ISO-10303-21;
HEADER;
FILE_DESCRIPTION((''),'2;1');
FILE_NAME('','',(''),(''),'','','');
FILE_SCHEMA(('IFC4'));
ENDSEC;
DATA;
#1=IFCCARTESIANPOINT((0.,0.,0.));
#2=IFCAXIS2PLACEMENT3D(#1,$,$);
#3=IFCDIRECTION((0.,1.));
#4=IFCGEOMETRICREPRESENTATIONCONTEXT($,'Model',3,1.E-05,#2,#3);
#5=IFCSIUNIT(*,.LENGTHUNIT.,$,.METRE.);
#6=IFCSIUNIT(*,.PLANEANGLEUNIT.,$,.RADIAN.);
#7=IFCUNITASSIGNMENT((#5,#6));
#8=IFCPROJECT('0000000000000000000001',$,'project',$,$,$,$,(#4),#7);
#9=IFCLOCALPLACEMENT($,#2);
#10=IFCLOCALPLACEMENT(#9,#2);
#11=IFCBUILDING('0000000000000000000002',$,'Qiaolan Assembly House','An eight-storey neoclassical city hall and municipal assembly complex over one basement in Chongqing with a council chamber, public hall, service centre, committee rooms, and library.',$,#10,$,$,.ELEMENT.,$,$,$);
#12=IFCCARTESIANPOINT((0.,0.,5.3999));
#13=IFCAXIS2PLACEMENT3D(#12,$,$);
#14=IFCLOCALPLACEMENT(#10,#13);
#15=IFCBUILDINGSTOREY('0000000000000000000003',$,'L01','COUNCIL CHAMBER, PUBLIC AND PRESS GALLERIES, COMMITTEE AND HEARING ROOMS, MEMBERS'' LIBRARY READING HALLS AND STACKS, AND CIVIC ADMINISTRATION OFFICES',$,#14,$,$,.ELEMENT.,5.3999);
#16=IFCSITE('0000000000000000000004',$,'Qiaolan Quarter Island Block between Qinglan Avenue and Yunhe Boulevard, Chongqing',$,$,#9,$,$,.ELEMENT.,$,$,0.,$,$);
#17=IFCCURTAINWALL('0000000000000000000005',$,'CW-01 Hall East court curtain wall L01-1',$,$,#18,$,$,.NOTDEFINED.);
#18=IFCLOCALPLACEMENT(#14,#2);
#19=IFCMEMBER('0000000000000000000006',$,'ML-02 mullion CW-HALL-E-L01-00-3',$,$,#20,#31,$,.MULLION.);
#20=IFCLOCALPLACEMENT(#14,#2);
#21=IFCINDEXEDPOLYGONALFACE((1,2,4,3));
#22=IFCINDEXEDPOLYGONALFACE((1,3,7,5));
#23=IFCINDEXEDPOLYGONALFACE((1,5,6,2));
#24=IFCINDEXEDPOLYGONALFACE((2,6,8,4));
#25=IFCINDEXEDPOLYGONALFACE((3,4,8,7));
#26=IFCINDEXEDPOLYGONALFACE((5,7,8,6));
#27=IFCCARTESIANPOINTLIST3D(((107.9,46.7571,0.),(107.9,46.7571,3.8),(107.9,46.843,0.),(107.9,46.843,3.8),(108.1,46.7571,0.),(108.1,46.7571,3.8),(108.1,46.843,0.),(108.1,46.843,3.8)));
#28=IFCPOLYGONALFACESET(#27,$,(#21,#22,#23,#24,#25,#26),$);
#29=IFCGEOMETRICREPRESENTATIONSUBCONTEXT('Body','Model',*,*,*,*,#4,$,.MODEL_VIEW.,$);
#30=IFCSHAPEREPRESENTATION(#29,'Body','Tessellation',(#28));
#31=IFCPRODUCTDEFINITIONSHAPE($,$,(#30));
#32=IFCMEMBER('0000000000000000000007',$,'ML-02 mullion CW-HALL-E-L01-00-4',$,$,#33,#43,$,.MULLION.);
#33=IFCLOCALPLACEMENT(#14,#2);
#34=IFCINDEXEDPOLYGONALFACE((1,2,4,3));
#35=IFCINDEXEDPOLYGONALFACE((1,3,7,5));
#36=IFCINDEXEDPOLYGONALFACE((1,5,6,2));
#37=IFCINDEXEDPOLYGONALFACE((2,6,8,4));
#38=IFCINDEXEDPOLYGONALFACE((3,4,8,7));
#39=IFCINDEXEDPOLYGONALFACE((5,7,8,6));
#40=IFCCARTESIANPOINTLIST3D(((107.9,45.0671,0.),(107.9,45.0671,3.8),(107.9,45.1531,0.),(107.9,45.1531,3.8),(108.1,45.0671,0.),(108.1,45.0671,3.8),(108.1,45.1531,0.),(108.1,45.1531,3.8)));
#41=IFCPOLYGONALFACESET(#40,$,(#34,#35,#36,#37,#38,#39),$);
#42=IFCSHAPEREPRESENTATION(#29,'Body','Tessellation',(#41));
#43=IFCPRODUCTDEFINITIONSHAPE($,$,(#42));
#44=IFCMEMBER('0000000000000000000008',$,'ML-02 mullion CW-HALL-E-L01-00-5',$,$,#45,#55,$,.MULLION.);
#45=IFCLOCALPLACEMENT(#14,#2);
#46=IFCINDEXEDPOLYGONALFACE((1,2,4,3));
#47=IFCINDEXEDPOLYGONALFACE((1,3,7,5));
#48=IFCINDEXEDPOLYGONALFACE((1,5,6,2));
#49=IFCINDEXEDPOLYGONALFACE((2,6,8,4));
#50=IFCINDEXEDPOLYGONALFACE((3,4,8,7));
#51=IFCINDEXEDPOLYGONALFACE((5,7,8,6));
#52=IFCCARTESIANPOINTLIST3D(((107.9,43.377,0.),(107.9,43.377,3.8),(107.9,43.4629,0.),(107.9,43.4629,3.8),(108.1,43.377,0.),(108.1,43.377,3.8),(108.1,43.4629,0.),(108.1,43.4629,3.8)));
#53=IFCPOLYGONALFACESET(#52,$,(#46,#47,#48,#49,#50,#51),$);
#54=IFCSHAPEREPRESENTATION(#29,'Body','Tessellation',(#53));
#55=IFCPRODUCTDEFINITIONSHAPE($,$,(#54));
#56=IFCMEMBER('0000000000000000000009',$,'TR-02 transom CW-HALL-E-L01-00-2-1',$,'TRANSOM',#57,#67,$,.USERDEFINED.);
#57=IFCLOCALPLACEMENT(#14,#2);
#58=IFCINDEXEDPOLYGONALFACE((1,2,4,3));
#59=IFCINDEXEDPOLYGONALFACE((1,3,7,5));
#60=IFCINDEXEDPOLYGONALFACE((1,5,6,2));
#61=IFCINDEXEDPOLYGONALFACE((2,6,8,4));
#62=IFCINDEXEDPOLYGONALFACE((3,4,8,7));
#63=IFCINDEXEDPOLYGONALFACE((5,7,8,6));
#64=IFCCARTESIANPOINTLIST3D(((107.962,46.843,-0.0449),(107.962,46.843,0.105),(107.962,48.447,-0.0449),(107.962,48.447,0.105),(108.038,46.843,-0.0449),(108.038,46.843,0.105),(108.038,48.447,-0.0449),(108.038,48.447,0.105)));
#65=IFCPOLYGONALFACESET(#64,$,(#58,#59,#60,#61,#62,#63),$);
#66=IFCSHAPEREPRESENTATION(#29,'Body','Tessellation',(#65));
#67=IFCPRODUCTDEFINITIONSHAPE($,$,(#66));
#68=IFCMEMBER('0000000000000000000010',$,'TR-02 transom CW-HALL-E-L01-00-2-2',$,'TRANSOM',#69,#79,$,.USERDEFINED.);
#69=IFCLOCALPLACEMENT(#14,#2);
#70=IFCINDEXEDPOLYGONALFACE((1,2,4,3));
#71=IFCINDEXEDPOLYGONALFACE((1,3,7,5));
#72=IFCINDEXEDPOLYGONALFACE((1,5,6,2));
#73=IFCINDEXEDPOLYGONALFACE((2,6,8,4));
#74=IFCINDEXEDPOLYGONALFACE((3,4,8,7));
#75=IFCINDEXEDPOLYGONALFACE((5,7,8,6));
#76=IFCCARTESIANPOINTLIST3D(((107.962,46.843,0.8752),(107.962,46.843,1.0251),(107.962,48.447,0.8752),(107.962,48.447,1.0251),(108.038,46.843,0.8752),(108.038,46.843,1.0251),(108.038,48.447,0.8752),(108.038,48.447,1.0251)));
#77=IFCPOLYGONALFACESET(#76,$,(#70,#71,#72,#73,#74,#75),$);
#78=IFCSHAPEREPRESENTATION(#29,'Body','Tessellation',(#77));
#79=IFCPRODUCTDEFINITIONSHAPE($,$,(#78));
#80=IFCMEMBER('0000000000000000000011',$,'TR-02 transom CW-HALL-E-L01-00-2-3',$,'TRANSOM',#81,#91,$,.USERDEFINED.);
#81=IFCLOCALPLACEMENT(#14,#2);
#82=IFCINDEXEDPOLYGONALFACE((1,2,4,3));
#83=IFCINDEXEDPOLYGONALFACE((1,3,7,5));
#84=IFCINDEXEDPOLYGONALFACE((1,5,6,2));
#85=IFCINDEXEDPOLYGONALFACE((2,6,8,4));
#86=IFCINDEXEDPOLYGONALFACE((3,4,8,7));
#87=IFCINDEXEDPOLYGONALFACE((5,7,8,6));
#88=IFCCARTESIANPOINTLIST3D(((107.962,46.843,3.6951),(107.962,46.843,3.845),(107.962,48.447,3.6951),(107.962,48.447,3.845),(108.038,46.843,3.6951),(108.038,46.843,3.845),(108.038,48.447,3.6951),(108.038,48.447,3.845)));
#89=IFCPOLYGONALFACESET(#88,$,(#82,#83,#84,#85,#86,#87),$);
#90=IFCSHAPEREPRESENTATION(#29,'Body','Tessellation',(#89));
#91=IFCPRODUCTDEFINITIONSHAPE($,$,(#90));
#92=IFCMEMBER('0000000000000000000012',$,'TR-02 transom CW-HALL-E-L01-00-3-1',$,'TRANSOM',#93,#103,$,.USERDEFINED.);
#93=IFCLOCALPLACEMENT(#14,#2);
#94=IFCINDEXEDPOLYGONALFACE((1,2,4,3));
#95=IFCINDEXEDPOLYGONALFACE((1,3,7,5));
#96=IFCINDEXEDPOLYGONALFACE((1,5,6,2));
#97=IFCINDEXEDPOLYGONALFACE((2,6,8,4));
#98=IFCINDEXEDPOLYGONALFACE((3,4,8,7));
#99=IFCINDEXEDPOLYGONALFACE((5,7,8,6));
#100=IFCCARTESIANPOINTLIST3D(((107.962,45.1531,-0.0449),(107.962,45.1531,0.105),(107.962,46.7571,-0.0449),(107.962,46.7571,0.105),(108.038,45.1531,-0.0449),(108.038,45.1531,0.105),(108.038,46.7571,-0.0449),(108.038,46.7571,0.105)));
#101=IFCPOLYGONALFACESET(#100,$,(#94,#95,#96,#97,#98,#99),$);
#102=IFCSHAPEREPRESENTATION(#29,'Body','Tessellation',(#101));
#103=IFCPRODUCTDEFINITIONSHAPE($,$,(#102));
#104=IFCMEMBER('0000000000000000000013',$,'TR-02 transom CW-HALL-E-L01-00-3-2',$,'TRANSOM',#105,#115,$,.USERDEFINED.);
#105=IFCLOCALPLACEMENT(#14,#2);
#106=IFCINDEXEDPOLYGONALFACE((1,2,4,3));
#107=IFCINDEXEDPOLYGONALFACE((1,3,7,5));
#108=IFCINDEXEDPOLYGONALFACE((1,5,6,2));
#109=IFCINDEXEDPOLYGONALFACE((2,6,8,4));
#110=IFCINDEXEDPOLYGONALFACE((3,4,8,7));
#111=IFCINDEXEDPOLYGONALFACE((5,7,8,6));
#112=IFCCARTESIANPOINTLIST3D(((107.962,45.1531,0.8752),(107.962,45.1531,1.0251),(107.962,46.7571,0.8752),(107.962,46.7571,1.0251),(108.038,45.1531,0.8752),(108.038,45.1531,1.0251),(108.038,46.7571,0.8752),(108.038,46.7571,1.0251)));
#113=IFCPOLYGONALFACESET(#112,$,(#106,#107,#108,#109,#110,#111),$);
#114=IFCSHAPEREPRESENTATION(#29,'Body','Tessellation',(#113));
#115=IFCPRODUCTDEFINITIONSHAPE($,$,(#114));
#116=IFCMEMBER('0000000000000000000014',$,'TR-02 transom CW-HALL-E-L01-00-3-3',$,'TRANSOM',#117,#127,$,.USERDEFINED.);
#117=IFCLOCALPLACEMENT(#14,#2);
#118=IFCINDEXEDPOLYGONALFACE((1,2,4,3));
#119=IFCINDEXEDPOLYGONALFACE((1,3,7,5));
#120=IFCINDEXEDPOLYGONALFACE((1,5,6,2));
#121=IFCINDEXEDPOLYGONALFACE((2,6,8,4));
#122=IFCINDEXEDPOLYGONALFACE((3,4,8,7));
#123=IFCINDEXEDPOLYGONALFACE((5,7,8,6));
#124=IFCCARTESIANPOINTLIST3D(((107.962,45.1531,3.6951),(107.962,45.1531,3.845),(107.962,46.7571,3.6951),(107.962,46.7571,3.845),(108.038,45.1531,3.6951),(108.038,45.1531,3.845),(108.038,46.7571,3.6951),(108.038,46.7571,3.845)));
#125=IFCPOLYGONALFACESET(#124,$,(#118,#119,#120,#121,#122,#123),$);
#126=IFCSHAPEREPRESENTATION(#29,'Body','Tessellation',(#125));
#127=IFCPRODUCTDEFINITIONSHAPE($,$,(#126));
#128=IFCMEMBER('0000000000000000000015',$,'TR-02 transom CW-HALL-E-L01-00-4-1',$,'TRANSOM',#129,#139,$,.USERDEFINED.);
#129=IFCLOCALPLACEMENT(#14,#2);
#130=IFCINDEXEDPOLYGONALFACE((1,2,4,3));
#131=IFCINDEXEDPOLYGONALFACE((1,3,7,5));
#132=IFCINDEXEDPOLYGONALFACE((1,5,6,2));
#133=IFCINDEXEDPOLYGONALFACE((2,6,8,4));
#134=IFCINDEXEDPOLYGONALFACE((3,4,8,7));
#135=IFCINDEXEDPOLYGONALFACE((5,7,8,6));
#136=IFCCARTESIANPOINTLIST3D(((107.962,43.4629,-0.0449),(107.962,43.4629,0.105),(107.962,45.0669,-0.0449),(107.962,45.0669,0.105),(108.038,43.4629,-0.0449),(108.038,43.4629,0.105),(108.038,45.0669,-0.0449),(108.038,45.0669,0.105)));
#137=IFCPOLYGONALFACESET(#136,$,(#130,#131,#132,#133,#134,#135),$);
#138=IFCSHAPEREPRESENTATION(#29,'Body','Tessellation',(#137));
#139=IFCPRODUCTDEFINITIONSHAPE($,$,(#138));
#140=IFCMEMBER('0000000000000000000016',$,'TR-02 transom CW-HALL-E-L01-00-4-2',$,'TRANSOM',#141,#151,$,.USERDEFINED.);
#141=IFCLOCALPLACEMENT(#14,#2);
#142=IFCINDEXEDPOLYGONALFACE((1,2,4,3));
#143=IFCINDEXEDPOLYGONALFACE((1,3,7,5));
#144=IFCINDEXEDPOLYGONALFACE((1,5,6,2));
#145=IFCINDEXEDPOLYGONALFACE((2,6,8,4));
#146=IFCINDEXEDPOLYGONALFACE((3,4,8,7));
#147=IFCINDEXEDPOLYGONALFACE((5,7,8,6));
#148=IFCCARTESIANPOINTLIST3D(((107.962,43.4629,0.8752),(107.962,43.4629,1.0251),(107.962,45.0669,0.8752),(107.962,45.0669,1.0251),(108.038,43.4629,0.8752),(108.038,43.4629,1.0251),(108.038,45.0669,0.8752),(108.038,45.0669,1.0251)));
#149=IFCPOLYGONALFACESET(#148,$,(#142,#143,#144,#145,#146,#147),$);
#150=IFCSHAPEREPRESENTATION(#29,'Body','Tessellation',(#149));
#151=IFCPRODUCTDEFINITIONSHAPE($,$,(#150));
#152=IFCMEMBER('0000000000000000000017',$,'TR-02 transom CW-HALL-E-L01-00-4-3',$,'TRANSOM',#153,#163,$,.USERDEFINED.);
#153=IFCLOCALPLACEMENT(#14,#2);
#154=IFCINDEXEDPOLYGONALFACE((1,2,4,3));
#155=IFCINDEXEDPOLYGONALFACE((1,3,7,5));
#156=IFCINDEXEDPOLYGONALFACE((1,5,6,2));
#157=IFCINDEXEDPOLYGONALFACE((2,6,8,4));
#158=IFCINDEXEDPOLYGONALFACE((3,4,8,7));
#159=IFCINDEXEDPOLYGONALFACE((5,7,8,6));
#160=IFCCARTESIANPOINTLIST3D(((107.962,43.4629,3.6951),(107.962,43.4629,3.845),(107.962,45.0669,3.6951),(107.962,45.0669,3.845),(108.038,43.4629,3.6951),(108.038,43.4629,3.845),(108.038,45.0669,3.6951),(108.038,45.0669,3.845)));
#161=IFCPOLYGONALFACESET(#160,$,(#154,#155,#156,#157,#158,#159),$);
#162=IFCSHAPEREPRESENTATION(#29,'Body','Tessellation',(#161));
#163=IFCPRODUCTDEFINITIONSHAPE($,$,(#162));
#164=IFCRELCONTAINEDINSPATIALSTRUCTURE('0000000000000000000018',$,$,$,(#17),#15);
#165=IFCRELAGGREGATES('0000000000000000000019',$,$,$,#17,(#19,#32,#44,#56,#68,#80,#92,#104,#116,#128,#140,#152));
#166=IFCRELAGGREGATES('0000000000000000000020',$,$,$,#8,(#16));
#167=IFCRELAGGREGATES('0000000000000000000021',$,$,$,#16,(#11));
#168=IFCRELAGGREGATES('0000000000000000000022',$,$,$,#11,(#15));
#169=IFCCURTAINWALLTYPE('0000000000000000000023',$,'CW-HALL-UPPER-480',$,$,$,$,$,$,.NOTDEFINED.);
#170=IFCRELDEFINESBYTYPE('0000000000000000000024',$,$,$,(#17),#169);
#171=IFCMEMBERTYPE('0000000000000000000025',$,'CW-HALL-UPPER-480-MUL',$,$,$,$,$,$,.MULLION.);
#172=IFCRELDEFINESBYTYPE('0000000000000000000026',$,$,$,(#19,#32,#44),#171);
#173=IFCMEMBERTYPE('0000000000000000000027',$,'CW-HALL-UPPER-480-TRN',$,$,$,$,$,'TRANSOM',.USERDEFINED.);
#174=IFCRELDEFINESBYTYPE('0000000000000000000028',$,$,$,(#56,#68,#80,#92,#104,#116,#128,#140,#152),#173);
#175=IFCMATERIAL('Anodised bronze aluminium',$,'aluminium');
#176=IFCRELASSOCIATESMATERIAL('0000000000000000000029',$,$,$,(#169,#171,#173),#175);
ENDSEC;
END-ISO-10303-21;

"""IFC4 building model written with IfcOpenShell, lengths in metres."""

from ifc_helpers import new_model, si_unit, direction, frame, origin, origin_2d, place, context, subcontext, project, spatial, rectangle, extrude, material, material_profile, profile_set, type_object, element, aggregate, save


model = new_model("IFC4")

# Units and contexts
model_context = context("Model", 3, precision=1e-05, world=origin(), true_north=direction((0.0, 1.0)))
body_context = subcontext(model_context, "Body", "Model", "MODEL_VIEW")
ifc_project = project(units=[si_unit("LENGTHUNIT", "METRE"), si_unit("PLANEANGLEUNIT", "RADIAN")], contexts=[model_context])

# Site, building, storey
site_placement = place(None, origin())
site = spatial("IfcSite", under=ifc_project, at=site_placement, Name="Qiaolan Quarter Island Block between Qinglan Avenue and Yunhe Boulevard, Chongqing", CompositionType="ELEMENT", RefElevation=0.0)
building_placement = place(site_placement, origin())
building = spatial("IfcBuilding", under=site, at=building_placement, Name="Qiaolan Assembly House", Description="An eight-storey neoclassical city hall and municipal assembly complex over one basement in Chongqing with a council chamber, public hall, service centre, committee rooms, and library.", CompositionType="ELEMENT")
storey_placement = place(building_placement, frame((0.0, 0.0, 5.3999)))
storey = spatial("IfcBuildingStorey", under=building, at=storey_placement, Name="L01", Description="COUNCIL CHAMBER, PUBLIC AND PRESS GALLERIES, COMMITTEE AND HEARING ROOMS, MEMBERS' LIBRARY READING HALLS AND STACKS, AND CIVIC ADMINISTRATION OFFICES", CompositionType="ELEMENT", Elevation=5.3999)

# Curtain wall, members
ifc_material_1 = material(Name="Anodised bronze aluminium", Category="aluminium")
curtain_wall_type = type_object("IfcCurtainWallType", Name="CW-HALL-UPPER-480", PredefinedType="NOTDEFINED", material=ifc_material_1)
curtain_wall_placement = place(storey_placement, origin())
curtain_wall = element("IfcCurtainWall", 1, at=curtain_wall_placement, inside=storey, type_object=curtain_wall_type, Name="CW-01 Hall East court curtain wall L01-1", PredefinedType="NOTDEFINED")
ifc_material_profile_1 = material_profile(ifc_material_1, rectangle(XDim=0.0859, YDim=0.2, at=origin_2d()), Name="MUL 86x200")
ifc_profile_set_1 = profile_set([ifc_material_profile_1], Name="Anodised bronze aluminium")
member_type_1 = type_object("IfcMemberType", Name="CW-HALL-UPPER-480-MUL", PredefinedType="MULLION", material=ifc_profile_set_1)
member_1_placement = place(storey_placement, frame((108.0, 46.8, 0.0), z_axis=(0.0, 0.0, 1.0), x_axis=(0.0, -1.0, 0.0)))
member_1 = element("IfcMember", 2, at=member_1_placement, type_object=member_type_1, Name="ML-02 mullion CW-HALL-E-L01-00-3", PredefinedType="MULLION", context=body_context, shape_type="SweptSolid", body=[
    extrude(rectangle(XDim=0.0859, YDim=0.2, at=origin_2d()), origin(), (0.0, 0.0, 1.0), 3.8),
])
member_2_placement = place(storey_placement, frame((108.0, 45.1101, 0.0), z_axis=(0.0, 0.0, 1.0), x_axis=(0.0, -1.0, 0.0)))
member_2 = element("IfcMember", 3, at=member_2_placement, type_object=member_type_1, Name="ML-02 mullion CW-HALL-E-L01-00-4", PredefinedType="MULLION", context=body_context, shape_type="SweptSolid", body=[
    extrude(rectangle(XDim=0.0859, YDim=0.2, at=origin_2d()), origin(), (0.0, 0.0, 1.0), 3.8),
])
member_3_placement = place(storey_placement, frame((108.0, 43.4199, 0.0), z_axis=(0.0, 0.0, 1.0), x_axis=(0.0, -1.0, 0.0)))
member_3 = element("IfcMember", 4, at=member_3_placement, type_object=member_type_1, Name="ML-02 mullion CW-HALL-E-L01-00-5", PredefinedType="MULLION", context=body_context, shape_type="SweptSolid", body=[
    extrude(rectangle(XDim=0.0859, YDim=0.2, at=origin_2d()), origin(), (0.0, 0.0, 1.0), 3.8),
])
ifc_material_profile_2 = material_profile(ifc_material_1, rectangle(XDim=0.0759, YDim=0.1499, at=origin_2d()), Name="TRN 76x150")
ifc_profile_set_2 = profile_set([ifc_material_profile_2], Name="Anodised bronze aluminium")
member_type_2 = type_object("IfcMemberType", Name="CW-HALL-UPPER-480-TRN", ElementType="TRANSOM", PredefinedType="USERDEFINED", material=ifc_profile_set_2)
member_4_placement = place(storey_placement, frame((108.0, 48.447, 0.03), z_axis=(0.0, -1.0, 0.0), x_axis=(1.0, 0.0, 0.0)))
member_4 = element("IfcMember", 5, at=member_4_placement, type_object=member_type_2, Name="TR-02 transom CW-HALL-E-L01-00-2-1", ObjectType="TRANSOM", PredefinedType="USERDEFINED", context=body_context, shape_type="SweptSolid", body=[
    extrude(rectangle(XDim=0.0759, YDim=0.1499, at=origin_2d()), origin(), (0.0, 0.0, 1.0), 1.604),
])
member_5_placement = place(storey_placement, frame((108.0, 48.447, 0.9502), z_axis=(0.0, -1.0, 0.0), x_axis=(1.0, 0.0, 0.0)))
member_5 = element("IfcMember", 6, at=member_5_placement, type_object=member_type_2, Name="TR-02 transom CW-HALL-E-L01-00-2-2", ObjectType="TRANSOM", PredefinedType="USERDEFINED", context=body_context, shape_type="SweptSolid", body=[
    extrude(rectangle(XDim=0.0759, YDim=0.1499, at=origin_2d()), origin(), (0.0, 0.0, 1.0), 1.604),
])
member_6_placement = place(storey_placement, frame((108.0, 48.447, 3.77), z_axis=(0.0, -1.0, 0.0), x_axis=(1.0, 0.0, 0.0)))
member_6 = element("IfcMember", 7, at=member_6_placement, type_object=member_type_2, Name="TR-02 transom CW-HALL-E-L01-00-2-3", ObjectType="TRANSOM", PredefinedType="USERDEFINED", context=body_context, shape_type="SweptSolid", body=[
    extrude(rectangle(XDim=0.0759, YDim=0.1499, at=origin_2d()), origin(), (0.0, 0.0, 1.0), 1.604),
])
member_7_placement = place(storey_placement, frame((108.0, 46.7571, 0.03), z_axis=(0.0, -1.0, 0.0), x_axis=(1.0, 0.0, 0.0)))
member_7 = element("IfcMember", 8, at=member_7_placement, type_object=member_type_2, Name="TR-02 transom CW-HALL-E-L01-00-3-1", ObjectType="TRANSOM", PredefinedType="USERDEFINED", context=body_context, shape_type="SweptSolid", body=[
    extrude(rectangle(XDim=0.0759, YDim=0.1499, at=origin_2d()), origin(), (0.0, 0.0, 1.0), 1.604),
])
member_8_placement = place(storey_placement, frame((108.0, 46.7571, 0.9502), z_axis=(0.0, -1.0, 0.0), x_axis=(1.0, 0.0, 0.0)))
member_8 = element("IfcMember", 9, at=member_8_placement, type_object=member_type_2, Name="TR-02 transom CW-HALL-E-L01-00-3-2", ObjectType="TRANSOM", PredefinedType="USERDEFINED", context=body_context, shape_type="SweptSolid", body=[
    extrude(rectangle(XDim=0.0759, YDim=0.1499, at=origin_2d()), origin(), (0.0, 0.0, 1.0), 1.604),
])
member_9_placement = place(storey_placement, frame((108.0, 46.7571, 3.77), z_axis=(0.0, -1.0, 0.0), x_axis=(1.0, 0.0, 0.0)))
member_9 = element("IfcMember", 10, at=member_9_placement, type_object=member_type_2, Name="TR-02 transom CW-HALL-E-L01-00-3-3", ObjectType="TRANSOM", PredefinedType="USERDEFINED", context=body_context, shape_type="SweptSolid", body=[
    extrude(rectangle(XDim=0.0759, YDim=0.1499, at=origin_2d()), origin(), (0.0, 0.0, 1.0), 1.604),
])
member_10_placement = place(storey_placement, frame((108.0, 45.0669, 0.03), z_axis=(0.0, -1.0, 0.0), x_axis=(1.0, 0.0, 0.0)))
member_10 = element("IfcMember", 11, at=member_10_placement, type_object=member_type_2, Name="TR-02 transom CW-HALL-E-L01-00-4-1", ObjectType="TRANSOM", PredefinedType="USERDEFINED", context=body_context, shape_type="SweptSolid", body=[
    extrude(rectangle(XDim=0.0759, YDim=0.1499, at=origin_2d()), origin(), (0.0, 0.0, 1.0), 1.604),
])
member_11_placement = place(storey_placement, frame((108.0, 45.0669, 0.9502), z_axis=(0.0, -1.0, 0.0), x_axis=(1.0, 0.0, 0.0)))
member_11 = element("IfcMember", 12, at=member_11_placement, type_object=member_type_2, Name="TR-02 transom CW-HALL-E-L01-00-4-2", ObjectType="TRANSOM", PredefinedType="USERDEFINED", context=body_context, shape_type="SweptSolid", body=[
    extrude(rectangle(XDim=0.0759, YDim=0.1499, at=origin_2d()), origin(), (0.0, 0.0, 1.0), 1.604),
])
member_12_placement = place(storey_placement, frame((108.0, 45.0669, 3.77), z_axis=(0.0, -1.0, 0.0), x_axis=(1.0, 0.0, 0.0)))
member_12 = element("IfcMember", 13, at=member_12_placement, type_object=member_type_2, Name="TR-02 transom CW-HALL-E-L01-00-4-3", ObjectType="TRANSOM", PredefinedType="USERDEFINED", context=body_context, shape_type="SweptSolid", body=[
    extrude(rectangle(XDim=0.0759, YDim=0.1499, at=origin_2d()), origin(), (0.0, 0.0, 1.0), 1.604),
])

aggregate(curtain_wall, [member_1, member_2, member_3, member_4, member_5, member_6, member_7, member_8, member_9, member_10, member_11, member_12])

save(model, "model.ifc")
